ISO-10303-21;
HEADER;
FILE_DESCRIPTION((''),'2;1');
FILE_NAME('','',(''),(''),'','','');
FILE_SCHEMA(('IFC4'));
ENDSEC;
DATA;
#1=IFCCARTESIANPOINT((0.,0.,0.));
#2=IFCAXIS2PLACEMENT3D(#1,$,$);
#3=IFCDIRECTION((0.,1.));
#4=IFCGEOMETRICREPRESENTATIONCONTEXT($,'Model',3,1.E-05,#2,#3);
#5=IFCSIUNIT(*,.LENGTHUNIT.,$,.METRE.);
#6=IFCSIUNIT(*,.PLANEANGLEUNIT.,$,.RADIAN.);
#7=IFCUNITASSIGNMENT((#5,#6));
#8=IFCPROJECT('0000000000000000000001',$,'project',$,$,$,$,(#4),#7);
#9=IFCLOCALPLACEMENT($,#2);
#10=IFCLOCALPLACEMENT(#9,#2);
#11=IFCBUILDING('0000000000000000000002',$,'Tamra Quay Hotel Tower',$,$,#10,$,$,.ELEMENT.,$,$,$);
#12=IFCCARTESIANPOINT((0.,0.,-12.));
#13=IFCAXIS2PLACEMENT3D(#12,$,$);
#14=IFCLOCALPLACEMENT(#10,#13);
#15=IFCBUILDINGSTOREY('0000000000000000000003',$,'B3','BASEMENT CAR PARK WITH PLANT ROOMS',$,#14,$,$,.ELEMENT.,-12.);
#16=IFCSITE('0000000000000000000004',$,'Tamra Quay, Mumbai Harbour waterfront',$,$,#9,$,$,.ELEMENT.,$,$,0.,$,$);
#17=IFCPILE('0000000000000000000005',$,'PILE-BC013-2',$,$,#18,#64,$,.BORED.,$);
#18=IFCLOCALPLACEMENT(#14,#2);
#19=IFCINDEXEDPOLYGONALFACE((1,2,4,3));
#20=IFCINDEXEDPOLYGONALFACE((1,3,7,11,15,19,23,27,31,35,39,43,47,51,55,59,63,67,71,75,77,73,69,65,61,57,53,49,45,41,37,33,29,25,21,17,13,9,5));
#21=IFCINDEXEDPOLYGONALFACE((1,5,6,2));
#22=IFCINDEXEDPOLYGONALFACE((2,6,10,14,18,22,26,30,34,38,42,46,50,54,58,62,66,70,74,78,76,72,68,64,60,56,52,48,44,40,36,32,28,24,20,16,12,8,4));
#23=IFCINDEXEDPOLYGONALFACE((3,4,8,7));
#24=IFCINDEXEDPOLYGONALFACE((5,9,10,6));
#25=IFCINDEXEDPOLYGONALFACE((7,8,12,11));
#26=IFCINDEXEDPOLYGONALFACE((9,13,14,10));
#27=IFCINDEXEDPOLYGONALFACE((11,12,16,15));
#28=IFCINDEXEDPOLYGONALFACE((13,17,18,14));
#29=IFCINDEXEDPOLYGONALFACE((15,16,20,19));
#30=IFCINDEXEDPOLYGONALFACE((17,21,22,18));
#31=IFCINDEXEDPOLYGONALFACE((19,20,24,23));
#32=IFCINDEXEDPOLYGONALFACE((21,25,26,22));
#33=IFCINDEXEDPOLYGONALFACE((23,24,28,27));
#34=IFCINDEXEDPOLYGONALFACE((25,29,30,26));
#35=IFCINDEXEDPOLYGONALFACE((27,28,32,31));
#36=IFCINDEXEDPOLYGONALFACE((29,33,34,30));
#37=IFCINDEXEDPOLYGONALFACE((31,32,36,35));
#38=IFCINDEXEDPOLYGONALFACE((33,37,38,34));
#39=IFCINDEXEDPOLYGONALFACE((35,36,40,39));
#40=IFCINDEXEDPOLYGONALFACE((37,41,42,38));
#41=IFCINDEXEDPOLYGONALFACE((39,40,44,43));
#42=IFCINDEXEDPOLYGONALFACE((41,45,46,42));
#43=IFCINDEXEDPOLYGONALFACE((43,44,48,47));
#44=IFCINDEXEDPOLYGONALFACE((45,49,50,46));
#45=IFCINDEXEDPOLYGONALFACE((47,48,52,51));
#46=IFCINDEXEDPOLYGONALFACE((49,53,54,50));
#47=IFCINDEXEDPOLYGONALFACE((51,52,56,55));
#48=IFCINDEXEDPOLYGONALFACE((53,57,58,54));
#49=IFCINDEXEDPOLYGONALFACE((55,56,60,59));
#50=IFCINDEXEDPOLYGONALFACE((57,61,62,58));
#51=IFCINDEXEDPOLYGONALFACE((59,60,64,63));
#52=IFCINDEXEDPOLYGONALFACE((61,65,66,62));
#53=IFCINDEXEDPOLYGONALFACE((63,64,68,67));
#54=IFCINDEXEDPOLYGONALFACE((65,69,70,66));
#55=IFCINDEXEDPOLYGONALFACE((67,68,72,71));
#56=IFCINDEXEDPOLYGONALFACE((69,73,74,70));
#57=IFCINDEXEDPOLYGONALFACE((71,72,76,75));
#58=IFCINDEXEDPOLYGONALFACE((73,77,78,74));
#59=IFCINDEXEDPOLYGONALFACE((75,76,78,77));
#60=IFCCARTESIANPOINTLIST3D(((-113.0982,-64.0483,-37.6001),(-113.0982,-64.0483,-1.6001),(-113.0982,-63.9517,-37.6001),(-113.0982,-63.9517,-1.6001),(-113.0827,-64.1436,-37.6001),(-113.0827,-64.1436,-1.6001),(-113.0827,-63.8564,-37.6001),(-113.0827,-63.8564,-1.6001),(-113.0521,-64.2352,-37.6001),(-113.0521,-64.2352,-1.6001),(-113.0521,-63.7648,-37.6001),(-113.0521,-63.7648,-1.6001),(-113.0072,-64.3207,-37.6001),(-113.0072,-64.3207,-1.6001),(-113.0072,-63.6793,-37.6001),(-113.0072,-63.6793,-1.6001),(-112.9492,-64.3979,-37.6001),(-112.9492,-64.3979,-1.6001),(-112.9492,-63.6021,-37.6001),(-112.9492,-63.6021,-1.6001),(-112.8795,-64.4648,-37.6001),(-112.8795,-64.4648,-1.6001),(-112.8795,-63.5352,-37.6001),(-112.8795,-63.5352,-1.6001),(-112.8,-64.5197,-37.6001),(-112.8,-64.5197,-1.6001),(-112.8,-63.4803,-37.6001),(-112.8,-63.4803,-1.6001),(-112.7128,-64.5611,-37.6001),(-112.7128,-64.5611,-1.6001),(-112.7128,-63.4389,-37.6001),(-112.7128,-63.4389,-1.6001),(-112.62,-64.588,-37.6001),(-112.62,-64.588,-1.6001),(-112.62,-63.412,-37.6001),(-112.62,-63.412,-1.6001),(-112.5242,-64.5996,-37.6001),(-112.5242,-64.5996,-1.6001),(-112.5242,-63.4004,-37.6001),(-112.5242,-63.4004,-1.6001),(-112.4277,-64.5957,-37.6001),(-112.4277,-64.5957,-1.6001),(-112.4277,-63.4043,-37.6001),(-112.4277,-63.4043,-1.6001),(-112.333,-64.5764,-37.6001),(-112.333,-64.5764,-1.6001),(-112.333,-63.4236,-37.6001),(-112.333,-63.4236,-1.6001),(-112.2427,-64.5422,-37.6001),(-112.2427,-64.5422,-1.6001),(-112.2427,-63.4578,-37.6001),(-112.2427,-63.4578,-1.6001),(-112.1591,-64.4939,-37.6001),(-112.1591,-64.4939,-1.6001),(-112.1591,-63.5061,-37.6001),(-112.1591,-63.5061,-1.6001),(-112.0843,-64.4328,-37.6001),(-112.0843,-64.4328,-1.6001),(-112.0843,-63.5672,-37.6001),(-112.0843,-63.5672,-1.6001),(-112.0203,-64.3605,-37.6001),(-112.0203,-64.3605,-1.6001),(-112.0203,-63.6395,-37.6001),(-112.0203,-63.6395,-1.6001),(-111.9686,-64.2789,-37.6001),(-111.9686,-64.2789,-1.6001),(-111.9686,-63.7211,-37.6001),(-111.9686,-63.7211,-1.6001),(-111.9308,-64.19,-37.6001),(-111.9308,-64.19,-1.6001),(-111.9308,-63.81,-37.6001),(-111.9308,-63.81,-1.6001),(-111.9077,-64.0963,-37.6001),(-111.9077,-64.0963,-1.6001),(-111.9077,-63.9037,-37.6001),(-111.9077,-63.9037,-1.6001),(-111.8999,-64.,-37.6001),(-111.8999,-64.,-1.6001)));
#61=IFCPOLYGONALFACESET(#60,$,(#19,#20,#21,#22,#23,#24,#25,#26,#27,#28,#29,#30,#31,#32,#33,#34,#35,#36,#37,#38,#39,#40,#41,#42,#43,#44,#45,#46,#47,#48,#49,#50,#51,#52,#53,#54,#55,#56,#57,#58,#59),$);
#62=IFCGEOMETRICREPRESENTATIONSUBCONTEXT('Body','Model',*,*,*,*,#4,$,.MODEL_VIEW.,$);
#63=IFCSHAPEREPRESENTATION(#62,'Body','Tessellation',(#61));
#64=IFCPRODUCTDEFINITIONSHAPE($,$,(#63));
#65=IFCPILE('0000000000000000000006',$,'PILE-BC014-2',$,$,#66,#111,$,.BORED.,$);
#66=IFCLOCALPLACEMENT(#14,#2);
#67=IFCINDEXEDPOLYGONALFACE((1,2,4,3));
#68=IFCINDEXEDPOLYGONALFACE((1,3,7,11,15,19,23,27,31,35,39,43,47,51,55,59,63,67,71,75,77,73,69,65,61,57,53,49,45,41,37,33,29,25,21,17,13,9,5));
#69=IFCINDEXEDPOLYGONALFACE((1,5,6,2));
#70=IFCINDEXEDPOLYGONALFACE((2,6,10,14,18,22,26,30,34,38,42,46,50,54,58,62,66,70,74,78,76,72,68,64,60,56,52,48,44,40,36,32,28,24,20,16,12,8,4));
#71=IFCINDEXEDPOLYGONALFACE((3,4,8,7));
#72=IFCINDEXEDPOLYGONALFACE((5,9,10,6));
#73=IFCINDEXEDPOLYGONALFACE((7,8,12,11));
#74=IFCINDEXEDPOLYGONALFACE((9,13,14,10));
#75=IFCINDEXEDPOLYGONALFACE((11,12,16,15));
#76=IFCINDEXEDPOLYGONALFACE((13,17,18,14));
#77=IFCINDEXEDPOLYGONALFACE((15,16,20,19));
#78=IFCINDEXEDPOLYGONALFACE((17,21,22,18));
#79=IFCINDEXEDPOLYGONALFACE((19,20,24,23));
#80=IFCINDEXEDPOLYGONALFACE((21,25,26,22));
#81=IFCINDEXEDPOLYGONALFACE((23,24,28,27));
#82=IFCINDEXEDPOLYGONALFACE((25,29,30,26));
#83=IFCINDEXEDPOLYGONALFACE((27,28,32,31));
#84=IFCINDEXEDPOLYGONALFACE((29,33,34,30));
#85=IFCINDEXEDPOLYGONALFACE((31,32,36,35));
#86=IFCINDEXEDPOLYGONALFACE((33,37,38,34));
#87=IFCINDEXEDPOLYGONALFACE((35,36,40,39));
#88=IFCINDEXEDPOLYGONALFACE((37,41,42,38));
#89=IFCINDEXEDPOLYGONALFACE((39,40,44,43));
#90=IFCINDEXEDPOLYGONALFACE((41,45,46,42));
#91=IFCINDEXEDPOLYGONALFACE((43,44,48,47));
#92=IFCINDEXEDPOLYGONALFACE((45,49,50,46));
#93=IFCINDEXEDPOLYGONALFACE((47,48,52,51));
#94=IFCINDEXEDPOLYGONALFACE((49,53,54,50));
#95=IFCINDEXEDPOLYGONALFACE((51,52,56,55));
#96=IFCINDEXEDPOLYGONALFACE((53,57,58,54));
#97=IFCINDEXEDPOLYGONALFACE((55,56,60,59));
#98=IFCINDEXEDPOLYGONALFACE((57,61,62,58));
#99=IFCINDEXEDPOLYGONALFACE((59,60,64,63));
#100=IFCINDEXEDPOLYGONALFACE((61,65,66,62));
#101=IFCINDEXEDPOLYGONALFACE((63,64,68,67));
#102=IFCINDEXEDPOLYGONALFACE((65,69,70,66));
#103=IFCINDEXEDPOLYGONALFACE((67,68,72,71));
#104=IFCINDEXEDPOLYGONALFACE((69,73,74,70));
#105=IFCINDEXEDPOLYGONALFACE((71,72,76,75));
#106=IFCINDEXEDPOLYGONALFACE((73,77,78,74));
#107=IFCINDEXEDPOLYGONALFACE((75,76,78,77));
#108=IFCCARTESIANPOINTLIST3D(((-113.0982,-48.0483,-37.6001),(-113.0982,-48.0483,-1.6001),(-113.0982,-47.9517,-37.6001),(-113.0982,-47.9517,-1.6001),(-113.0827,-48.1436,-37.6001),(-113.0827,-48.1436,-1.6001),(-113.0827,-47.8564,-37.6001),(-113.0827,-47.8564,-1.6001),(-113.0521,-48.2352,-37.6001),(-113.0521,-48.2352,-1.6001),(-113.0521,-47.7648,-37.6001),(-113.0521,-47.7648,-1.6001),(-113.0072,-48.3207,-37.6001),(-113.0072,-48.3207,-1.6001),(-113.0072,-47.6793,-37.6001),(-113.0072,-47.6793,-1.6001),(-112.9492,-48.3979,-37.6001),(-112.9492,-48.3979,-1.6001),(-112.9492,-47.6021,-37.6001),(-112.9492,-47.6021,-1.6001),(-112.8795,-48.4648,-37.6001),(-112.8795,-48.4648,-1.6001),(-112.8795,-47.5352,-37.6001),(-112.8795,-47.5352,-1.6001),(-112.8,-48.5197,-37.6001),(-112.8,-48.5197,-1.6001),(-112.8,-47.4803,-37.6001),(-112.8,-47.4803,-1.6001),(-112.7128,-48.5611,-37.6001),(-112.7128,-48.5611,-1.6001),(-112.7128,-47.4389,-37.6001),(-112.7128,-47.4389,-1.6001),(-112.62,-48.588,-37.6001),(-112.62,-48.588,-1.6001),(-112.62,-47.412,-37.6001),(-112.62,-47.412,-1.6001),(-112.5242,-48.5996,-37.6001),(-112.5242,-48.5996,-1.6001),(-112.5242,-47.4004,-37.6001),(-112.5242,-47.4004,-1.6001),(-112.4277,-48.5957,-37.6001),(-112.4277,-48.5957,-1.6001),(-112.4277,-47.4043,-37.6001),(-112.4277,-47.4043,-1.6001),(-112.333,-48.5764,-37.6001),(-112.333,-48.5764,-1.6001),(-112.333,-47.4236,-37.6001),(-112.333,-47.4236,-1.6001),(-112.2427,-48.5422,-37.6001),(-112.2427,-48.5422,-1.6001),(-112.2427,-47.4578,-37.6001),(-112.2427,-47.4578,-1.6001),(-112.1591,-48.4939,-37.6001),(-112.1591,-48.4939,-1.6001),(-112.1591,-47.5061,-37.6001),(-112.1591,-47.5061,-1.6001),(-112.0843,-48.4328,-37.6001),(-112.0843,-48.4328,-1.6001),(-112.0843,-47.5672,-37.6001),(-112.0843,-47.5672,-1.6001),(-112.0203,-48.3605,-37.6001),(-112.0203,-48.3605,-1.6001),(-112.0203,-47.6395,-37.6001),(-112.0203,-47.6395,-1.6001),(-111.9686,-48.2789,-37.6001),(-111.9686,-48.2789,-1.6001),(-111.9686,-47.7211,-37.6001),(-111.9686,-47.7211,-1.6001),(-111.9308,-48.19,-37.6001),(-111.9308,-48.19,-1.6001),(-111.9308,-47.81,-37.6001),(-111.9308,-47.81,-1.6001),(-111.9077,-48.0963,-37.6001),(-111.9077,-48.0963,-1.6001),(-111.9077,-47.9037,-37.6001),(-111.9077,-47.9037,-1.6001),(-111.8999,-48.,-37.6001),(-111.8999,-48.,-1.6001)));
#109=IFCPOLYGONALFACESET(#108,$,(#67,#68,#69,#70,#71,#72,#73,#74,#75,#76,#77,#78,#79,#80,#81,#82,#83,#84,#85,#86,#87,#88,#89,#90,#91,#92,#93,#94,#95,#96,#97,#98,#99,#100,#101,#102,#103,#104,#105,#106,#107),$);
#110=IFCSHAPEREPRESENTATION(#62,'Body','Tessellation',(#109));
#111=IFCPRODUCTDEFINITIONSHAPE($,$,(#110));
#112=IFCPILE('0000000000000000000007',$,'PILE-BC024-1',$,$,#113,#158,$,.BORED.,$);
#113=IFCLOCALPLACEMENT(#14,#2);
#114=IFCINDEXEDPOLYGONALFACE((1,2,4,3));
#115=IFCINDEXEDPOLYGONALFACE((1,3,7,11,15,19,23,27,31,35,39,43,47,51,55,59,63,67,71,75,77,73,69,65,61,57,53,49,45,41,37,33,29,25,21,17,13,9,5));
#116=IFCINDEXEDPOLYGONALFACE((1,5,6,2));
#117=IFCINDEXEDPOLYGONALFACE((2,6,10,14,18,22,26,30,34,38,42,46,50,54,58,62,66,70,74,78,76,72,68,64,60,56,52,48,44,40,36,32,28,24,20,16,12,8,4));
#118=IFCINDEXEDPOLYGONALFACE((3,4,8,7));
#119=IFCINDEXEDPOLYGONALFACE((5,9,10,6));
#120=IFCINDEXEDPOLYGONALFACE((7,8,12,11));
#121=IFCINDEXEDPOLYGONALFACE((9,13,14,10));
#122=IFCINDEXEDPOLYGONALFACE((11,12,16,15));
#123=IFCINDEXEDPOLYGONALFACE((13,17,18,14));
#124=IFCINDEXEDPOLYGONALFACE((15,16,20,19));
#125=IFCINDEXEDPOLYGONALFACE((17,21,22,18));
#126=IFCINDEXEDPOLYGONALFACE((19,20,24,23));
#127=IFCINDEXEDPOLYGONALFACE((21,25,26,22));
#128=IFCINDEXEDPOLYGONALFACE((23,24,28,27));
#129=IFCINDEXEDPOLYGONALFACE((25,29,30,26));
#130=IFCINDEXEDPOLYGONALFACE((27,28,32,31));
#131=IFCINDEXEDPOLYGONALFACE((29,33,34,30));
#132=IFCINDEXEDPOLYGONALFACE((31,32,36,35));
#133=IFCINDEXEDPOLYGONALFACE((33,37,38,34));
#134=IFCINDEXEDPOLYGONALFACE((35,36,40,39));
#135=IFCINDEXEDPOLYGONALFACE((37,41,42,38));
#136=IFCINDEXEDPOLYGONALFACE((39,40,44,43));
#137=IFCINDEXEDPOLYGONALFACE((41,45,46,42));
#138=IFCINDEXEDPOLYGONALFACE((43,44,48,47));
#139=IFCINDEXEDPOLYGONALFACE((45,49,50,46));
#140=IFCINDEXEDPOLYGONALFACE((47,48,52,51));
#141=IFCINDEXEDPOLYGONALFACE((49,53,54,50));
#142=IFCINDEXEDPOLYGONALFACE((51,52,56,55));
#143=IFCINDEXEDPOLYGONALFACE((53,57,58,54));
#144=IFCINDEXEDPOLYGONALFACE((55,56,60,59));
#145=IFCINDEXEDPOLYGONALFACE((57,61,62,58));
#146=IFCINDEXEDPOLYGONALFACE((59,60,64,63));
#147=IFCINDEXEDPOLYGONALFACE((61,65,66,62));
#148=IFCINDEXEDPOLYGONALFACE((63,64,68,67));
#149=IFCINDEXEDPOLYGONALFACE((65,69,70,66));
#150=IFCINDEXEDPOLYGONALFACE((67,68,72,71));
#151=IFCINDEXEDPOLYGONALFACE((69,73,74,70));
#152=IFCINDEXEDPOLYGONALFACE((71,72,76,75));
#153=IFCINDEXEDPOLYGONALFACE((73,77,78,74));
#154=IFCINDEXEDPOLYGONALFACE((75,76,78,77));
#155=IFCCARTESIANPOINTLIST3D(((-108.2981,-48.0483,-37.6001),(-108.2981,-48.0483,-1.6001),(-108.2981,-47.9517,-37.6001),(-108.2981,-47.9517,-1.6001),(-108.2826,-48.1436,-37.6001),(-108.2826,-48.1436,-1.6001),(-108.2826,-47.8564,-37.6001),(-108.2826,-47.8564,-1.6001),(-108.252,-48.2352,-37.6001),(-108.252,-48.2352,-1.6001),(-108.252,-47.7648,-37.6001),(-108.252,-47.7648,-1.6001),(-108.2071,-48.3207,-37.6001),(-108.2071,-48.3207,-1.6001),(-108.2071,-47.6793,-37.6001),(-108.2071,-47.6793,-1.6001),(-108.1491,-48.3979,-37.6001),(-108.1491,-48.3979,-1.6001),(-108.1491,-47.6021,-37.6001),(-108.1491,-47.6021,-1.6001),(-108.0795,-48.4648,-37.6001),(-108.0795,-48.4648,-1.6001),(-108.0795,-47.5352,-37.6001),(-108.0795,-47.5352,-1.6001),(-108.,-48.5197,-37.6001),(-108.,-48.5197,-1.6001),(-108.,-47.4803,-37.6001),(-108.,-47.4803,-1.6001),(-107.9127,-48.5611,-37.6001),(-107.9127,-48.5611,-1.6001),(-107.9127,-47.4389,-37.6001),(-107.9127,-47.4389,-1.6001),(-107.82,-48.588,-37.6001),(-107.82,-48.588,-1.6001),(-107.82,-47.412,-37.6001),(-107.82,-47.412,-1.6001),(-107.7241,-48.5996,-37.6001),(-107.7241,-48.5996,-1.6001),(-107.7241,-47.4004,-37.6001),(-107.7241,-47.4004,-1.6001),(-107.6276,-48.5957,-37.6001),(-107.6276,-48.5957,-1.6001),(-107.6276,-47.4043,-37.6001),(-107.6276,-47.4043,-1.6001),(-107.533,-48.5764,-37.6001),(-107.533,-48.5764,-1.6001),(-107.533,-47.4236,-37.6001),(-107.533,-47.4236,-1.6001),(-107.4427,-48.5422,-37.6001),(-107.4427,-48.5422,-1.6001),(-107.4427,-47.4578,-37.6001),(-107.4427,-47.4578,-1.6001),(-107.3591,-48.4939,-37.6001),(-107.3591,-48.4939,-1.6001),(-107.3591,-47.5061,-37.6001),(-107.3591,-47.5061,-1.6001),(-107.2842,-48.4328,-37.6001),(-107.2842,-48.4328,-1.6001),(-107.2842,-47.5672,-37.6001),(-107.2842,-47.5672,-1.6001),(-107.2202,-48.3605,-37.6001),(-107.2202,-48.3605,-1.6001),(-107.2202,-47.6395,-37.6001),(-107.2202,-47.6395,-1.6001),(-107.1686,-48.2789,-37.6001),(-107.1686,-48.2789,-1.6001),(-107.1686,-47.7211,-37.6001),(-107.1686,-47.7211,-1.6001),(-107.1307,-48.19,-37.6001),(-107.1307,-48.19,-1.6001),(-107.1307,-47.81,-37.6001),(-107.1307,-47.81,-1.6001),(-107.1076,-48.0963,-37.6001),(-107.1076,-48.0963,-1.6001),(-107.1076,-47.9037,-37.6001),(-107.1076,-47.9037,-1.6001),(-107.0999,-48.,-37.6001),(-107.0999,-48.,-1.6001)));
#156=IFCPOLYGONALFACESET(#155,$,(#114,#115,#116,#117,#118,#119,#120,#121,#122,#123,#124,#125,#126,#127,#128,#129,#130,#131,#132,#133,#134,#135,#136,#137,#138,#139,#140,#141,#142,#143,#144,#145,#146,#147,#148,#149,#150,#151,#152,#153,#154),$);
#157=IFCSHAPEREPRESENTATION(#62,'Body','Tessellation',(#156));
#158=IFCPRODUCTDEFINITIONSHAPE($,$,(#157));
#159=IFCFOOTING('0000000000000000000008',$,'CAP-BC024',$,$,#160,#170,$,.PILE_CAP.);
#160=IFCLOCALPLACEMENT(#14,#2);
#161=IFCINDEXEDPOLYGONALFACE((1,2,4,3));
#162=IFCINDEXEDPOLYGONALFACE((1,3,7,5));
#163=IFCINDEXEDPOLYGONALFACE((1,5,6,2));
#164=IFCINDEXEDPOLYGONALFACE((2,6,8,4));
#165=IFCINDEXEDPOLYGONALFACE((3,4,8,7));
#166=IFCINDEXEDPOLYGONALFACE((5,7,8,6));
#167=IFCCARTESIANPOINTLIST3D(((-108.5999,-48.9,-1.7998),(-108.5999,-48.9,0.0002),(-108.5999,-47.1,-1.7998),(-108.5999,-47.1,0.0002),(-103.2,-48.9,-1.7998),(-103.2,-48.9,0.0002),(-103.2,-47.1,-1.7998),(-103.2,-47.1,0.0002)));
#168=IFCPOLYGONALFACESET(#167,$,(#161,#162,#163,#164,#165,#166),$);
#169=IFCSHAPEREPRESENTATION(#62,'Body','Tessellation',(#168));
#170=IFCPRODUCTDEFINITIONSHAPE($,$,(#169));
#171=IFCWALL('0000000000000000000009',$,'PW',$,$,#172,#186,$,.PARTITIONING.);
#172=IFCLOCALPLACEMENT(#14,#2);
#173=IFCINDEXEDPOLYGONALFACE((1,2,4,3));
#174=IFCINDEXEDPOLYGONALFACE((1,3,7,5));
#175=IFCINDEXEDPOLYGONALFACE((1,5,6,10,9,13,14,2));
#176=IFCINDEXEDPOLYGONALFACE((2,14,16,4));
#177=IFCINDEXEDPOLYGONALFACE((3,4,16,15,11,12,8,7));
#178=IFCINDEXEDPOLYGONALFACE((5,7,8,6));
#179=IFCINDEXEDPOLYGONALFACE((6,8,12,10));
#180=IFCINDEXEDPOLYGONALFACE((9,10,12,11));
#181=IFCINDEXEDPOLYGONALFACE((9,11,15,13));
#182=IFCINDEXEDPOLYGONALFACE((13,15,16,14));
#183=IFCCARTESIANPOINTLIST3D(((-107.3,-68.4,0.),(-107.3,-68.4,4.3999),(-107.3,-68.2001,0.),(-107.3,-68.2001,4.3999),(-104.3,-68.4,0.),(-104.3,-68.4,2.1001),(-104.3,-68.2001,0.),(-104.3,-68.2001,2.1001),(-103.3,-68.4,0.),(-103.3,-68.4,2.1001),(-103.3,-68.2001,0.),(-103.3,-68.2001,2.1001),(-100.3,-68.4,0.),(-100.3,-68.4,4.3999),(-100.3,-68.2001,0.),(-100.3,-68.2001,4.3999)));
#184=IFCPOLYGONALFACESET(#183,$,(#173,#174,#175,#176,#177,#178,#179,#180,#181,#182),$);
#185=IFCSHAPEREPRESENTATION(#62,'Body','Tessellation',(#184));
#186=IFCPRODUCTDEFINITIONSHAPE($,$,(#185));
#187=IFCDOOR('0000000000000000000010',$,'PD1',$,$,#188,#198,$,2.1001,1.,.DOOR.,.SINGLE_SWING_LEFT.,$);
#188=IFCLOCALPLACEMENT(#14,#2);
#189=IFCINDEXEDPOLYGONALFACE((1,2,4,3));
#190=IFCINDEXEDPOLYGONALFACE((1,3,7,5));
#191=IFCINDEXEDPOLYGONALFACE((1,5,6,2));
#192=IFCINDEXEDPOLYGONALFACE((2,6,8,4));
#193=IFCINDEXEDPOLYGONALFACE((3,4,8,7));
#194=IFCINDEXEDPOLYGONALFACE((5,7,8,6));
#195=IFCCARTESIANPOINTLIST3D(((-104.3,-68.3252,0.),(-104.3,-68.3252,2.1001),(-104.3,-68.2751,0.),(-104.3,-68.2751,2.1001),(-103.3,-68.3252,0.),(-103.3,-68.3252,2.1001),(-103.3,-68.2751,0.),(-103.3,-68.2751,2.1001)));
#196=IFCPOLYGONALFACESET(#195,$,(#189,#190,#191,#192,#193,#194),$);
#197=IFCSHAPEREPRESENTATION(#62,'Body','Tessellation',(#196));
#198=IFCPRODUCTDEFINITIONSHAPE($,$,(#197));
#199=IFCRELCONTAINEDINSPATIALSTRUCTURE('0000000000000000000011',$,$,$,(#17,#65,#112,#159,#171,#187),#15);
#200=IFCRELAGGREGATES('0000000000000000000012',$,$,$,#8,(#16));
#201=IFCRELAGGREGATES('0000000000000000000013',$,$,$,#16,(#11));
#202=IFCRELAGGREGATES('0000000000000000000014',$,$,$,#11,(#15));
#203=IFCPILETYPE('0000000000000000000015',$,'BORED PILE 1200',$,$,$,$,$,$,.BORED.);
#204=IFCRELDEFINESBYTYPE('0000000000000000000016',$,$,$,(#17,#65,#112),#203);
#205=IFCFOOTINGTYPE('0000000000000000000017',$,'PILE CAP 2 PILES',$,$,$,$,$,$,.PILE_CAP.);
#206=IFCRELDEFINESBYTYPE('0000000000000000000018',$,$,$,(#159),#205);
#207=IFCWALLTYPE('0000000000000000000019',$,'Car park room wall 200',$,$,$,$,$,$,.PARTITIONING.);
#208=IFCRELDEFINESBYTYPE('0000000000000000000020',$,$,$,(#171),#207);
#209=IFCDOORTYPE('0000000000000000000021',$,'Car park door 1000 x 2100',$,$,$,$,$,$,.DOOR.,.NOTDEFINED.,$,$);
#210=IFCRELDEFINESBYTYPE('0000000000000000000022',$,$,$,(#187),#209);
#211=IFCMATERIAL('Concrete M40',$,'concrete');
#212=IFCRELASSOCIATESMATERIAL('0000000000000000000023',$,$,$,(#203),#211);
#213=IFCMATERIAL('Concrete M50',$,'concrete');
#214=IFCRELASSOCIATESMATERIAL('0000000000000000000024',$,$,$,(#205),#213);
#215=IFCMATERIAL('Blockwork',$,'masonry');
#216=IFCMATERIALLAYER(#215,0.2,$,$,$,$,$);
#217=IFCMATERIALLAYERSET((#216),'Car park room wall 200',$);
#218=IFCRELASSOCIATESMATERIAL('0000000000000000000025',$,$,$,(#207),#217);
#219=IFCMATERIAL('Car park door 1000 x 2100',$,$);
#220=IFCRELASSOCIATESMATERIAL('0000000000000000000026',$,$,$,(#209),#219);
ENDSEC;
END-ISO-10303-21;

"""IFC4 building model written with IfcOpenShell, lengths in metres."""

from ifc_helpers import new_model, si_unit, direction, frame, frame_2d, origin, origin_2d, place, context, subcontext, project, spatial, rectangle, circle, extrude, material, layer, layer_set, material_profile, profile_set, type_object, element, fill, save


model = new_model("IFC4")

# Units and contexts
model_context = context("Model", 3, precision=1e-05, world=origin(), true_north=direction((0.0, 1.0)))
body_context = subcontext(model_context, "Body", "Model", "MODEL_VIEW")
ifc_project = project(units=[si_unit("LENGTHUNIT", "METRE"), si_unit("PLANEANGLEUNIT", "RADIAN")], contexts=[model_context])

# Site, building, storey
site_placement = place(None, origin())
site = spatial("IfcSite", under=ifc_project, at=site_placement, Name="Tamra Quay, Mumbai Harbour waterfront", CompositionType="ELEMENT", RefElevation=0.0)
building_placement = place(site_placement, origin())
building = spatial("IfcBuilding", under=site, at=building_placement, Name="Tamra Quay Hotel Tower", CompositionType="ELEMENT")
storey_placement = place(building_placement, frame((0.0, 0.0, -12.0)))
storey = spatial("IfcBuildingStorey", under=building, at=storey_placement, Name="B3", Description="BASEMENT CAR PARK WITH PLANT ROOMS", CompositionType="ELEMENT", Elevation=-12.0)

# Piles
ifc_material_1 = material(Name="Concrete M40", Category="concrete")
ifc_material_profile = material_profile(ifc_material_1, circle(Radius=0.6001, at=origin_2d()), Name="BORED PILE 1200")
ifc_profile_set = profile_set([ifc_material_profile], Name="Concrete M40")
pile_type = type_object("IfcPileType", Name="BORED PILE 1200", PredefinedType="BORED", material=ifc_profile_set)
for number, where, z_axis, x_axis, name in (
    (1, (-112.5, -64.0, -1.6001), (0.0, 0.0, -1.0), (1.0, 0.0, 0.0), "PILE-BC013-2"),
    (2, (-112.5, -48.0, -1.6001), (0.0, 0.0, -1.0), (1.0, 0.0, 0.0), "PILE-BC014-2"),
    (3, (-107.7, -48.0, -1.6001), (0.0, 0.0, -1.0), (1.0, 0.0, 0.0), "PILE-BC024-1"),
):
    element("IfcPile", number, at=place(storey_placement, frame(where, z_axis=z_axis, x_axis=x_axis)), inside=storey, type_object=pile_type, Name=name, PredefinedType="BORED", context=body_context, shape_type="SweptSolid", body=[
        extrude(circle(Radius=0.6001, at=origin_2d()), origin(), (0.0, 0.0, 1.0), 36.0),
    ])

# Footing
ifc_material_2 = material(Name="Concrete M50", Category="concrete")
footing_type = type_object("IfcFootingType", Name="PILE CAP 2 PILES", PredefinedType="PILE_CAP", material=ifc_material_2)
footing_placement = place(storey_placement, frame((-105.8999, -48.0, -1.7998), z_axis=(0.0, 0.0, 1.0), x_axis=(1.0, 0.0, 0.0)))
element("IfcFooting", 4, at=footing_placement, inside=storey, type_object=footing_type, Name="CAP-BC024", PredefinedType="PILE_CAP", context=body_context, shape_type="SweptSolid", body=[
    extrude(rectangle(XDim=5.3999, YDim=1.8, at=origin_2d()), origin(), (0.0, 0.0, 1.0), 1.8),
])

# Wall, opening, door
ifc_material_3 = material(Name="Blockwork", Category="masonry")
ifc_layer = layer(ifc_material_3, 0.2)
ifc_layer_set = layer_set([ifc_layer], Name="Car park room wall 200")
wall_type = type_object("IfcWallType", Name="Car park room wall 200", PredefinedType="PARTITIONING", material=ifc_layer_set)
wall_1_placement = place(storey_placement, frame((-107.3, -68.3, 0.0), z_axis=(0.0, 0.0, 1.0), x_axis=(1.0, 0.0, 0.0)))
wall_1 = element("IfcWall", 5, at=wall_1_placement, inside=storey, type_object=wall_type, Name="PW", PredefinedType="PARTITIONING", context=body_context, shape_type="SweptSolid", body=[
    extrude(rectangle(XDim=7.0, YDim=0.2, at=frame_2d((3.5, 0.0))), origin(), (0.0, 0.0, 1.0), 4.3999),
])
opening_1_placement = place(wall_1_placement, frame((3.0, 0.0, 0.0)))
opening_1 = element("IfcOpeningElement", 6, at=opening_1_placement, cuts=wall_1, PredefinedType="OPENING", context=body_context, shape_type="SweptSolid", body=[
    extrude(rectangle(XDim=1.0, YDim=2.1001, at=frame_2d((0.5, 1.05))), frame((0.0, 0.1099, 0.0), z_axis=(0.0, -1.0, 0.0), x_axis=(1.0, 0.0, 0.0)), (0.0, 0.0, 1.0), 0.22),
])
ifc_material_4 = material(Name="Car park door 1000 x 2100")
door_type_1 = type_object("IfcDoorType", Name="Car park door 1000 x 2100", OperationType="NOTDEFINED", PredefinedType="DOOR", material=ifc_material_4)
door_1_placement = place(opening_1_placement, origin())
door_1 = element("IfcDoor", 7, at=door_1_placement, inside=storey, type_object=door_type_1, Name="PD1", OperationType="SINGLE_SWING_LEFT", OverallHeight=2.1001, OverallWidth=1.0, PredefinedType="DOOR", context=body_context, shape_type="SweptSolid", body=[
    extrude(rectangle(XDim=1.0, YDim=2.1001, at=frame_2d((0.5, 1.05))), frame((0.0, 0.0249, 0.0), z_axis=(0.0, -1.0, 0.0), x_axis=(1.0, 0.0, 0.0)), (0.0, 0.0, 1.0), 0.05),
])
fill(opening_1, door_1)

save(model, "model.ifc")
